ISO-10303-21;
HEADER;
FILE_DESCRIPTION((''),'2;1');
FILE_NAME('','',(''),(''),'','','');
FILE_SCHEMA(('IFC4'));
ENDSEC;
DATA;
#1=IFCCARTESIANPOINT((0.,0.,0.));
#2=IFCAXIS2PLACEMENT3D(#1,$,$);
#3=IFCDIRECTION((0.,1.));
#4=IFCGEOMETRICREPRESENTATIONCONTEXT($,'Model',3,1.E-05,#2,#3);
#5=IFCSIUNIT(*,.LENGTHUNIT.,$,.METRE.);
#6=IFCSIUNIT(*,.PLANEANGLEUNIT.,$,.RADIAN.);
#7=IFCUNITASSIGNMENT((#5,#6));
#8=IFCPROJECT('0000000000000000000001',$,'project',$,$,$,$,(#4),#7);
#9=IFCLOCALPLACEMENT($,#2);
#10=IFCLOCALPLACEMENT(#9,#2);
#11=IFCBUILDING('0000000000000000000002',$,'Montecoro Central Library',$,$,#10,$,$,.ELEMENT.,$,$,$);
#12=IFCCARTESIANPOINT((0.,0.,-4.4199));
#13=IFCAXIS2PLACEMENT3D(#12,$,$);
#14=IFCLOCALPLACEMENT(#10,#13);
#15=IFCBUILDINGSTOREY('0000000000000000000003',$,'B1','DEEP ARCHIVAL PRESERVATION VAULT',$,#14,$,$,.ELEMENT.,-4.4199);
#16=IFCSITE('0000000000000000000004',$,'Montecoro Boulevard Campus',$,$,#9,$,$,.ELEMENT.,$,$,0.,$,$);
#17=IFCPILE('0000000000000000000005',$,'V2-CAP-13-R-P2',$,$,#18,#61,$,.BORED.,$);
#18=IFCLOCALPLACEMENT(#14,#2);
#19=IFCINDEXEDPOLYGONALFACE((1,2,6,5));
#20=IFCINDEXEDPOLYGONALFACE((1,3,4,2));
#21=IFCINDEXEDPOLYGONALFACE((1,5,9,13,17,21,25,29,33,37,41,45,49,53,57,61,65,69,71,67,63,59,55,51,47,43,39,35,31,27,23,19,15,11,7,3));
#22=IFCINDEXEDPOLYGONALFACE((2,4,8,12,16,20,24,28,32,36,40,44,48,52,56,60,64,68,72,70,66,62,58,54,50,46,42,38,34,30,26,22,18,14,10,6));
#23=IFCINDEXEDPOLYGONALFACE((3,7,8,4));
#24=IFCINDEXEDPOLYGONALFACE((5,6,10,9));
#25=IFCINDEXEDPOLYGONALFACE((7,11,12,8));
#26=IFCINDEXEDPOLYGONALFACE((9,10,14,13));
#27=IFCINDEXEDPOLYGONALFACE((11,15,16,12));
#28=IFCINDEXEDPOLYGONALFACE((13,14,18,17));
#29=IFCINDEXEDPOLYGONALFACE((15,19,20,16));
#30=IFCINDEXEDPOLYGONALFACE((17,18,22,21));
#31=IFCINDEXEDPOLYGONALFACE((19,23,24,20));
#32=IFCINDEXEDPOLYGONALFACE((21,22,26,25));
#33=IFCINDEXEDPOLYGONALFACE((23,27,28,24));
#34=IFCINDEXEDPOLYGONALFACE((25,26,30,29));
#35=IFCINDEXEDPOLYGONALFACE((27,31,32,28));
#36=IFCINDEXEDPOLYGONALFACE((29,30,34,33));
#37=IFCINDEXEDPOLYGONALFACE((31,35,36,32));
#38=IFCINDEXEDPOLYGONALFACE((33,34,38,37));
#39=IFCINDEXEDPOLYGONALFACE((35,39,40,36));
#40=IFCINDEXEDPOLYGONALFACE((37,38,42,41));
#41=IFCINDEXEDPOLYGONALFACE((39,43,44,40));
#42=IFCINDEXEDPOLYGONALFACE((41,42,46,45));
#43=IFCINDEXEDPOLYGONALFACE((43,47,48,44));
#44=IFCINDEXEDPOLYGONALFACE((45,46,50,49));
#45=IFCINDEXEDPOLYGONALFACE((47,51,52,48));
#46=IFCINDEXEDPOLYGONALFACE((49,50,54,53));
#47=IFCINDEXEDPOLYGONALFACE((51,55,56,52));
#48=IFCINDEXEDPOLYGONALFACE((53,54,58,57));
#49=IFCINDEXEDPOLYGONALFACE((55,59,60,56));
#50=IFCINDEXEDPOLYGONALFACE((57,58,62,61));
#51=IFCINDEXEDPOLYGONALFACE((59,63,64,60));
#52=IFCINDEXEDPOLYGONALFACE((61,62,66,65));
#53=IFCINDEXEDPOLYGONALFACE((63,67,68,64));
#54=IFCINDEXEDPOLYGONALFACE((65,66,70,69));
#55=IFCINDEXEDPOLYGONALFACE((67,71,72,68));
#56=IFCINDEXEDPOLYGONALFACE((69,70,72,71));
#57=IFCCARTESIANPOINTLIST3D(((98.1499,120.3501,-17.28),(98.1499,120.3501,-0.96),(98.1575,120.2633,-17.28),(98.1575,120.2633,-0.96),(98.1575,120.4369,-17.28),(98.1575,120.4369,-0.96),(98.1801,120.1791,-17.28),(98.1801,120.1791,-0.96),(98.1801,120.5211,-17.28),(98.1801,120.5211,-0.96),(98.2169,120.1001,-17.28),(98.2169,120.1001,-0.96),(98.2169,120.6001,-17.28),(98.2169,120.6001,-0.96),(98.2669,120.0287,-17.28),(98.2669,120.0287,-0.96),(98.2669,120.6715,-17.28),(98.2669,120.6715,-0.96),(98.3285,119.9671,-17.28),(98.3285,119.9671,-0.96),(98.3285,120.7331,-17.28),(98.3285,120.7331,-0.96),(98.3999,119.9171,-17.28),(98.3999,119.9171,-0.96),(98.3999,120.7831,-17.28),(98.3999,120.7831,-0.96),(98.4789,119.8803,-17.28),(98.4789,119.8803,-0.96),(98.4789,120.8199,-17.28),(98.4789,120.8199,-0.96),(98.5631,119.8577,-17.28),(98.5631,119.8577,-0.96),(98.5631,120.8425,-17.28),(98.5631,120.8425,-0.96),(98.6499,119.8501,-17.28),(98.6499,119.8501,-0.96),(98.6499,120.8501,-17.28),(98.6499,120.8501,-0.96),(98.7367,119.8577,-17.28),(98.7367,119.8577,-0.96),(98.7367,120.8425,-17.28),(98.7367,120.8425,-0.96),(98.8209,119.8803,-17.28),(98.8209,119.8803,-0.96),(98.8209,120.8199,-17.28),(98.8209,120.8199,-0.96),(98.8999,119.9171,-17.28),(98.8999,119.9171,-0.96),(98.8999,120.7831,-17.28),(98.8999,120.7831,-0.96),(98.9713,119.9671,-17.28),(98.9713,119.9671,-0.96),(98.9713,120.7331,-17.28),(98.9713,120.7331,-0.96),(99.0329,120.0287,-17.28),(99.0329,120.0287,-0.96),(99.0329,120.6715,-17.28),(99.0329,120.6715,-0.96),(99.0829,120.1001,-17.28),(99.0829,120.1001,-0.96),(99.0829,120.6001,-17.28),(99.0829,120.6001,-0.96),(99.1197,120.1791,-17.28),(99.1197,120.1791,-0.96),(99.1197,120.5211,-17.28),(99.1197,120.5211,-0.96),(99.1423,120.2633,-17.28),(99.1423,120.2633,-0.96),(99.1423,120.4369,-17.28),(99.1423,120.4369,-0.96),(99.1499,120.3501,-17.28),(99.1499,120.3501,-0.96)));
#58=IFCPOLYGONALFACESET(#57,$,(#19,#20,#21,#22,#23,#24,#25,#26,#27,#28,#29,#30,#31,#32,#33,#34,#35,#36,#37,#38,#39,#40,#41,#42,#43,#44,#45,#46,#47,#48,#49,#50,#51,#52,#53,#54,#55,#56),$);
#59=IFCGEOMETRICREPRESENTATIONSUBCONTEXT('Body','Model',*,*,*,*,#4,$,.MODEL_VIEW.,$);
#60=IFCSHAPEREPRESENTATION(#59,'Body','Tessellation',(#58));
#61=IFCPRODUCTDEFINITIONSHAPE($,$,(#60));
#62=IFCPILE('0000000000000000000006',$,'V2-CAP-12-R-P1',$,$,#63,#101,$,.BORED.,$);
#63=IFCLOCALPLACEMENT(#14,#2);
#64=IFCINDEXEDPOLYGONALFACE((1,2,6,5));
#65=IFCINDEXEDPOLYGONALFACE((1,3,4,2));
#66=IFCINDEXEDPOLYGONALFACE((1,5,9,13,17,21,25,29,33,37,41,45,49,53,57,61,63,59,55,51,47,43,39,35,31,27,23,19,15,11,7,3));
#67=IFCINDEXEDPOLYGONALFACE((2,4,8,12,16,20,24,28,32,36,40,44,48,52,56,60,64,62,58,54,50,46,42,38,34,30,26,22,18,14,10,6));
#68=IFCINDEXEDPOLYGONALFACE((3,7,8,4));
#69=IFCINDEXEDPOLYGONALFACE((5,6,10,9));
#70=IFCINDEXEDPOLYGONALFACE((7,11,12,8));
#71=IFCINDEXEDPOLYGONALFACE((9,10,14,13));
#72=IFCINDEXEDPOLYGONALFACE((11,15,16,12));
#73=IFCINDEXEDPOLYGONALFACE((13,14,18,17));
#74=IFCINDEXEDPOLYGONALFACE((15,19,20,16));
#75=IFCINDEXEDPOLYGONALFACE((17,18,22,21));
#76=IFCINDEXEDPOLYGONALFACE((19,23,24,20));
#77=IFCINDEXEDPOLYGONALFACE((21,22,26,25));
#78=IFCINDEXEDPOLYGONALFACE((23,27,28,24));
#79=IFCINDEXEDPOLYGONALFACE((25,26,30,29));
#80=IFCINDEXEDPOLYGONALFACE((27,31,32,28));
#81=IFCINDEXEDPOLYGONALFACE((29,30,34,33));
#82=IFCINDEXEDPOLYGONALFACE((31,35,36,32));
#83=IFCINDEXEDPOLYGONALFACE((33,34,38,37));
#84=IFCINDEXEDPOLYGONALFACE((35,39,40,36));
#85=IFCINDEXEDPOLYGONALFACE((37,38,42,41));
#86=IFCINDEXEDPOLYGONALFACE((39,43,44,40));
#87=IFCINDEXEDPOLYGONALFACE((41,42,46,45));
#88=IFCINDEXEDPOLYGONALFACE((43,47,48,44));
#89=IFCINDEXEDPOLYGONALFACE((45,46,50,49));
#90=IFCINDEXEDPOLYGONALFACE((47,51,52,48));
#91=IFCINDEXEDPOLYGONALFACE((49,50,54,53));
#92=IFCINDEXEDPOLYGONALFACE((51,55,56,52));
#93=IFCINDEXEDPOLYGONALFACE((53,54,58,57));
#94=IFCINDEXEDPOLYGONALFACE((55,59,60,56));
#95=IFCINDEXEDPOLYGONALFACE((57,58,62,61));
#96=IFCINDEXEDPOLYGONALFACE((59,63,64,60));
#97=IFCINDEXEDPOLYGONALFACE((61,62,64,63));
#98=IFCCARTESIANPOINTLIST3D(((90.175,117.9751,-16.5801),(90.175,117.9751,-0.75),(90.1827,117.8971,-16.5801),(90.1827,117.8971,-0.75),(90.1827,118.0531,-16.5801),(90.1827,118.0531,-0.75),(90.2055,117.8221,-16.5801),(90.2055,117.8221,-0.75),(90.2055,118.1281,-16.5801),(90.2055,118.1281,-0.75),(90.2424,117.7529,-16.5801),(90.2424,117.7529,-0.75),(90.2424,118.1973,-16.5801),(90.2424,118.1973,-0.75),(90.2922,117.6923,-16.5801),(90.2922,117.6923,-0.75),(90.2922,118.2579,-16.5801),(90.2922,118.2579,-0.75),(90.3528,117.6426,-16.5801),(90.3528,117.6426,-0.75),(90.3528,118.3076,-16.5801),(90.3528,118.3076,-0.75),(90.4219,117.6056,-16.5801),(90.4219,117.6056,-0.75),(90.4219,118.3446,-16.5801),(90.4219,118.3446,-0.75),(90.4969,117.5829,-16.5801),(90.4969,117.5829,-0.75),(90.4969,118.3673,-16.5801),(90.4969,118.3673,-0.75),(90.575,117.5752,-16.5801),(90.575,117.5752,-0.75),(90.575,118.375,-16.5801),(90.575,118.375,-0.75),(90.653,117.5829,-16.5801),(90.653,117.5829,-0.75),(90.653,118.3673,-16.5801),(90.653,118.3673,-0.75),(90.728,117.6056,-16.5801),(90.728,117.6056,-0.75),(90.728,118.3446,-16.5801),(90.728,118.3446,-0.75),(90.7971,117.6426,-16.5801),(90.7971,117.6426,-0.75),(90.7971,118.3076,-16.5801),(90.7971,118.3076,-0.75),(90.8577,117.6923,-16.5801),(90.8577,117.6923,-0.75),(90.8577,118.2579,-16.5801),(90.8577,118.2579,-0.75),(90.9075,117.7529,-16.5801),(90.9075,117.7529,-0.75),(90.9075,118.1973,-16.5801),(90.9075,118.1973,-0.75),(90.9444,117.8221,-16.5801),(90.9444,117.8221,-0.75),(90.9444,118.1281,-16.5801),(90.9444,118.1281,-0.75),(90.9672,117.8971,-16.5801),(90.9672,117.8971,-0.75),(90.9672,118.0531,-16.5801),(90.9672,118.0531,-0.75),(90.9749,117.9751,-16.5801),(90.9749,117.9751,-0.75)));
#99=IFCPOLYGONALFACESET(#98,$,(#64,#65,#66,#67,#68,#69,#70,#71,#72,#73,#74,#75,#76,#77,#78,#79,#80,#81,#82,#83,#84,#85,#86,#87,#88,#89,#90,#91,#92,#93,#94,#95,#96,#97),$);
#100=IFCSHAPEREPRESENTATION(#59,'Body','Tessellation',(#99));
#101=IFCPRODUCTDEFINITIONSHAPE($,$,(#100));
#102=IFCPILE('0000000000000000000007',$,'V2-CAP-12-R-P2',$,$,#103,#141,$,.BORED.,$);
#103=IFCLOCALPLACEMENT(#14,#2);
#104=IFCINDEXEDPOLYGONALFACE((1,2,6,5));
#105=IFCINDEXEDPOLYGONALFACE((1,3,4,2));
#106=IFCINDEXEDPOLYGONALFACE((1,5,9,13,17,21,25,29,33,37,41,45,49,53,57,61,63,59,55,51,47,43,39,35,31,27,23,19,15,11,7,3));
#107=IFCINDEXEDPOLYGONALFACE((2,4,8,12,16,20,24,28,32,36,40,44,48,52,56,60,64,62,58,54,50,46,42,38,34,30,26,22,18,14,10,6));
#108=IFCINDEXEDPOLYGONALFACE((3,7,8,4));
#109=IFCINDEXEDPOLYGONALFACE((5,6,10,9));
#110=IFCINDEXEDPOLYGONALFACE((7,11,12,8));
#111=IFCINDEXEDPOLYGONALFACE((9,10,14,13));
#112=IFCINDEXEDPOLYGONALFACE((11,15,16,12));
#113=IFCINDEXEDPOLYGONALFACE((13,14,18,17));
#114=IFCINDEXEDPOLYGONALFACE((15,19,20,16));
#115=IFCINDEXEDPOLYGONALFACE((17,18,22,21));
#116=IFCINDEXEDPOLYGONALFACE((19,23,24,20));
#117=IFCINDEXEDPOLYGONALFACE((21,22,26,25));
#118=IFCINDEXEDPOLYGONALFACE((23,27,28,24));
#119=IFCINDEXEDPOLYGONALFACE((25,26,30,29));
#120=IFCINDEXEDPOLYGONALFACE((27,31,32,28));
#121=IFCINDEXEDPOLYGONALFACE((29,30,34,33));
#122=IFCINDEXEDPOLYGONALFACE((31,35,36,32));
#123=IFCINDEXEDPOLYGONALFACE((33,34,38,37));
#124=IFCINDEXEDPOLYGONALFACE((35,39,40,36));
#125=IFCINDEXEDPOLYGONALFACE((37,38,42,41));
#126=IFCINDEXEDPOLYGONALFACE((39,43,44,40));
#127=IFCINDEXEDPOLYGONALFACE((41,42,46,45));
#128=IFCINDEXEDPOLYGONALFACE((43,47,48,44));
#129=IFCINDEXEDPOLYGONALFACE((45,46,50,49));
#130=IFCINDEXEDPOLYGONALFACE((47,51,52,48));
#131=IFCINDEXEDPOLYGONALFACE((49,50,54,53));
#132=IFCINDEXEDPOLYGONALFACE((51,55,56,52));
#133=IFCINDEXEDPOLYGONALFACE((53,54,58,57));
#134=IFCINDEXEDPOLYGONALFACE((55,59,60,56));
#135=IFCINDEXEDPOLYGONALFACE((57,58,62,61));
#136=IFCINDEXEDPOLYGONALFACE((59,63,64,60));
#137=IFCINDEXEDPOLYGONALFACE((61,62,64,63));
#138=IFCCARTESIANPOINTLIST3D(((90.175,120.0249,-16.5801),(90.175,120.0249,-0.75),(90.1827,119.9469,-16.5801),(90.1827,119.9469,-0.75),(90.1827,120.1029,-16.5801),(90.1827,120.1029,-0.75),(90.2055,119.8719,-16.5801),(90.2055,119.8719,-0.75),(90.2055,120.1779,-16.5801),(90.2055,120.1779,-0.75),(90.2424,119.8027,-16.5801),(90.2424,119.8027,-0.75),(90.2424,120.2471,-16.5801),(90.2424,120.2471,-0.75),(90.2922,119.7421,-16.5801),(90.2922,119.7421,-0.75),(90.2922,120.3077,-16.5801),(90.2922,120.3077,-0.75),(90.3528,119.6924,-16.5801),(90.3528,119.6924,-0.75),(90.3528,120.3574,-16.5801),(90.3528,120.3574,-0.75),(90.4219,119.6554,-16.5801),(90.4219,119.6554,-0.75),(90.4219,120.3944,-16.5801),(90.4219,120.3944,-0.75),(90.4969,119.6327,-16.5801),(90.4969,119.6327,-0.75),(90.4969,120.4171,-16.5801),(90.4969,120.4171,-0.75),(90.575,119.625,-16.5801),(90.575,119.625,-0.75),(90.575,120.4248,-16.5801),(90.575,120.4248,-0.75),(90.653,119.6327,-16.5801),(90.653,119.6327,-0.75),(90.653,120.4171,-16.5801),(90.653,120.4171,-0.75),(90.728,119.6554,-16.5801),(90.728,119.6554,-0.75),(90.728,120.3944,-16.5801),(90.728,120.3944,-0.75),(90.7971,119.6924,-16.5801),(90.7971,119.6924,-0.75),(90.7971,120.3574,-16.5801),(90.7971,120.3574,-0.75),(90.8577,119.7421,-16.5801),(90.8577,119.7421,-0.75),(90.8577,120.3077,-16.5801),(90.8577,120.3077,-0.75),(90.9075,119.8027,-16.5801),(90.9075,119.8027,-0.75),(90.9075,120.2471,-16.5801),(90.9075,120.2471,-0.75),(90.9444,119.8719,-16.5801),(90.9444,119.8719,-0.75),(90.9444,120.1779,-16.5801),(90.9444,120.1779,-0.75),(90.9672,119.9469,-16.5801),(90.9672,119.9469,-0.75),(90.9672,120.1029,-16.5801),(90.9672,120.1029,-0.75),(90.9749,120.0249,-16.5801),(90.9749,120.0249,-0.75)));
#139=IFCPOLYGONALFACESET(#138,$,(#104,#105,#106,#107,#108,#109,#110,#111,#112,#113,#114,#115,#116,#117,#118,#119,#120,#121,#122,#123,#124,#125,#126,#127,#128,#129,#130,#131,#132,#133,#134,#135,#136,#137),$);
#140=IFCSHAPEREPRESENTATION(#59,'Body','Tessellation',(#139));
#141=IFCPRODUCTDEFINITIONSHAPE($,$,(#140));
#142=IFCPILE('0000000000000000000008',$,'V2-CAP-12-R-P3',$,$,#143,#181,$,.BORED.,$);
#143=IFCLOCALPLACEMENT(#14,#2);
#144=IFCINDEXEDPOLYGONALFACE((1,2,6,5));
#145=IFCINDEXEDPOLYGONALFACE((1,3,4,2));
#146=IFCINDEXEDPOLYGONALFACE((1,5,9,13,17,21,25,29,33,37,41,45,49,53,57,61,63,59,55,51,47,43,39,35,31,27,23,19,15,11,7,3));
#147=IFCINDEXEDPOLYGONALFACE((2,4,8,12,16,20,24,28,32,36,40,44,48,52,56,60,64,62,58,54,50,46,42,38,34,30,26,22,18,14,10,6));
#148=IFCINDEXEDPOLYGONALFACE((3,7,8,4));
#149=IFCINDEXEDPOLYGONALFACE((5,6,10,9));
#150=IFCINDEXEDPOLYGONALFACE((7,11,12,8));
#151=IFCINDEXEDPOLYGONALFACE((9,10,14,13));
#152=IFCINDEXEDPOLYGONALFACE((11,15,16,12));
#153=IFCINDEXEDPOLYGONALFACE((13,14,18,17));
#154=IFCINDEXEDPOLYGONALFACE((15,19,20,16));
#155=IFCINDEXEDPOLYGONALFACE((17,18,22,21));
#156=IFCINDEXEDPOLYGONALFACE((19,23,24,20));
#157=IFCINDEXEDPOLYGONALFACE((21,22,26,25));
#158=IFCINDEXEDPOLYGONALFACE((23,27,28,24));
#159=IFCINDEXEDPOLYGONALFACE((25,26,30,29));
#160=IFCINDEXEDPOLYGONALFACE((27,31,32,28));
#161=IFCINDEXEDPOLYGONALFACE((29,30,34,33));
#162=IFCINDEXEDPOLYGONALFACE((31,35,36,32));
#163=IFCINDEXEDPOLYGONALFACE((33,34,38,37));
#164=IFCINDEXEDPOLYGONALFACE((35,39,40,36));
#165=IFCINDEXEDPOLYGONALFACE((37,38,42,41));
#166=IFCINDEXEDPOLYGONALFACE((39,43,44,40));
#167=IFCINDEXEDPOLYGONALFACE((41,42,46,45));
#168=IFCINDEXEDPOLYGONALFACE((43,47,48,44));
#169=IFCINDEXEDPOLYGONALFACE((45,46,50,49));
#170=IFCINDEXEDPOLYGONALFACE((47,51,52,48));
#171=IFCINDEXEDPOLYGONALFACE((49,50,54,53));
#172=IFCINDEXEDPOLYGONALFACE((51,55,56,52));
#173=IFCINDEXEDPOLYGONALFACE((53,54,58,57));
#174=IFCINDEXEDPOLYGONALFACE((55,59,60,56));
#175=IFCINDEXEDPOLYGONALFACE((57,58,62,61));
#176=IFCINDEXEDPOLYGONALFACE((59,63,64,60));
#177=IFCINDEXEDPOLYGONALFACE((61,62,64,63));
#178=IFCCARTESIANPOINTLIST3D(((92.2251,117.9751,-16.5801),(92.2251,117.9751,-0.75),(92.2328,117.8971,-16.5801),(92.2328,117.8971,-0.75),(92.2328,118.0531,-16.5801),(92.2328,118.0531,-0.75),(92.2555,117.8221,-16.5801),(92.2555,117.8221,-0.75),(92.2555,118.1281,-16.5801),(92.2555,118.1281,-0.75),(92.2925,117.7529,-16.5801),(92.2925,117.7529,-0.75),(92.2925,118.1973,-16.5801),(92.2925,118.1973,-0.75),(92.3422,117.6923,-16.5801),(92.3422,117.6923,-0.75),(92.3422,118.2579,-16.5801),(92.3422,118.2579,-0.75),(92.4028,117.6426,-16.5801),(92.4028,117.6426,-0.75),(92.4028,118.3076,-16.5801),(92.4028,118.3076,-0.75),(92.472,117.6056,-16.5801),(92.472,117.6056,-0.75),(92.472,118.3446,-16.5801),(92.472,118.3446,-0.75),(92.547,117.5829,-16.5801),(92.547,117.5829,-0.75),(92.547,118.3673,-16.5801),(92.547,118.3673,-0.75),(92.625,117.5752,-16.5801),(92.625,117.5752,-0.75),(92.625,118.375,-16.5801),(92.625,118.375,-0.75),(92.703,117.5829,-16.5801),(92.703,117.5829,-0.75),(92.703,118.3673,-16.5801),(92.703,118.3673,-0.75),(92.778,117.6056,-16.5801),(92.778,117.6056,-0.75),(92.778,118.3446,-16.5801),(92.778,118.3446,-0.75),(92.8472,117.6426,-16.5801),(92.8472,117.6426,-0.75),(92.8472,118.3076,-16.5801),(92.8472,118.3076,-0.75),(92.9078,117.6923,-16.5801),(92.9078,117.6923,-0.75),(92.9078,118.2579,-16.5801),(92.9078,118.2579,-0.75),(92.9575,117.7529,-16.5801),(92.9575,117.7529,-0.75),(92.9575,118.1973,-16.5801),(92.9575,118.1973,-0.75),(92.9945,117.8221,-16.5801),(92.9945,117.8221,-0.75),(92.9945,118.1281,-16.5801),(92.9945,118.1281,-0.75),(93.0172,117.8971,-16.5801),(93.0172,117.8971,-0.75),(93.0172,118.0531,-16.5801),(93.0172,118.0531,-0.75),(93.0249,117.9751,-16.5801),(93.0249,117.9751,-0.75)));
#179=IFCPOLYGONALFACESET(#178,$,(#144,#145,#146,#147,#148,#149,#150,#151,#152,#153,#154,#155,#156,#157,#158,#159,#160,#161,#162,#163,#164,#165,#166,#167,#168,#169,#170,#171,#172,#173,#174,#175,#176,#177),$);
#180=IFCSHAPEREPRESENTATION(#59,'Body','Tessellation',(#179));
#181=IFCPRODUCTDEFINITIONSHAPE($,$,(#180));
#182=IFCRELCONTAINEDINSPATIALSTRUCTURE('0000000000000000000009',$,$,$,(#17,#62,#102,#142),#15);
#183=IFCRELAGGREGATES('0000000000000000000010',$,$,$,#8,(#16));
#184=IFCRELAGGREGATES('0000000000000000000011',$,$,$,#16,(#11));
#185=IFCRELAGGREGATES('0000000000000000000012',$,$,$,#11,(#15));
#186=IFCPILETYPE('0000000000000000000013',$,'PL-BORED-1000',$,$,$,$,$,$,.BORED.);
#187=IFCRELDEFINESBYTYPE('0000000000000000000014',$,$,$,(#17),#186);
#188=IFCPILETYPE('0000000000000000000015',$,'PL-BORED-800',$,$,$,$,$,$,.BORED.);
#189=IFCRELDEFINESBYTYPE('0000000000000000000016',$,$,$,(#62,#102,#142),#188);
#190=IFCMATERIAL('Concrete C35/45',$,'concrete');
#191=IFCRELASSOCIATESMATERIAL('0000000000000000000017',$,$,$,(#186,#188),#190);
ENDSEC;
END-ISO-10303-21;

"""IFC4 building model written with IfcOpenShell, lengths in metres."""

from ifc_helpers import new_model, si_unit, direction, frame, origin, origin_2d, place, context, subcontext, project, spatial, circle, extrude, material, material_profile, profile_set, type_object, element, save


model = new_model("IFC4")

# Units and contexts
model_context = context("Model", 3, precision=1e-05, world=origin(), true_north=direction((0.0, 1.0)))
body_context = subcontext(model_context, "Body", "Model", "MODEL_VIEW")
ifc_project = project(units=[si_unit("LENGTHUNIT", "METRE"), si_unit("PLANEANGLEUNIT", "RADIAN")], contexts=[model_context])

# Site, building, storey
site_placement = place(None, origin())
site = spatial("IfcSite", under=ifc_project, at=site_placement, Name="Montecoro Boulevard Campus", CompositionType="ELEMENT", RefElevation=0.0)
building_placement = place(site_placement, origin())
building = spatial("IfcBuilding", under=site, at=building_placement, Name="Montecoro Central Library", CompositionType="ELEMENT")
storey_placement = place(building_placement, frame((0.0, 0.0, -4.4199)))
storey = spatial("IfcBuildingStorey", under=building, at=storey_placement, Name="B1", Description="DEEP ARCHIVAL PRESERVATION VAULT", CompositionType="ELEMENT", Elevation=-4.4199)

# Shared definitions
ifc_material_1 = material(Name="Concrete C35/45", Category="concrete")

# Piles
ifc_material_profile_1 = material_profile(ifc_material_1, circle(Radius=0.5, at=origin_2d()), Name="PILE D1000")
ifc_profile_set_1 = profile_set([ifc_material_profile_1], Name="Concrete C35/45")
pile_type_1 = type_object("IfcPileType", Name="PL-BORED-1000", PredefinedType="BORED", material=ifc_profile_set_1)
for number, where, z_axis, x_axis, name in (
    (1, (98.6499, 120.3501, -0.96), (0.0, 0.0, -1.0), (1.0, 0.0, 0.0), "V2-CAP-13-R-P2"),
):
    element("IfcPile", number, at=place(storey_placement, frame(where, z_axis=z_axis, x_axis=x_axis)), inside=storey, type_object=pile_type_1, Name=name, PredefinedType="BORED", context=body_context, shape_type="SweptSolid", body=[
        extrude(circle(Radius=0.5, at=origin_2d()), origin(), (0.0, 0.0, 1.0), 16.3201),
    ])
ifc_material_profile_2 = material_profile(ifc_material_1, circle(Radius=0.3999, at=origin_2d()), Name="PILE D800")
ifc_profile_set_2 = profile_set([ifc_material_profile_2], Name="Concrete C35/45")
pile_type_2 = type_object("IfcPileType", Name="PL-BORED-800", PredefinedType="BORED", material=ifc_profile_set_2)
for number, where, z_axis, x_axis, name in (
    (2, (90.575, 117.9751, -0.75), (0.0, 0.0, -1.0), (1.0, 0.0, 0.0), "V2-CAP-12-R-P1"),
    (3, (90.575, 120.0249, -0.75), (0.0, 0.0, -1.0), (1.0, 0.0, 0.0), "V2-CAP-12-R-P2"),
    (4, (92.625, 117.9751, -0.75), (0.0, 0.0, -1.0), (1.0, 0.0, 0.0), "V2-CAP-12-R-P3"),
):
    element("IfcPile", number, at=place(storey_placement, frame(where, z_axis=z_axis, x_axis=x_axis)), inside=storey, type_object=pile_type_2, Name=name, PredefinedType="BORED", context=body_context, shape_type="SweptSolid", body=[
        extrude(circle(Radius=0.3999, at=origin_2d()), origin(), (0.0, 0.0, 1.0), 15.8301),
    ])

save(model, "model.ifc")
